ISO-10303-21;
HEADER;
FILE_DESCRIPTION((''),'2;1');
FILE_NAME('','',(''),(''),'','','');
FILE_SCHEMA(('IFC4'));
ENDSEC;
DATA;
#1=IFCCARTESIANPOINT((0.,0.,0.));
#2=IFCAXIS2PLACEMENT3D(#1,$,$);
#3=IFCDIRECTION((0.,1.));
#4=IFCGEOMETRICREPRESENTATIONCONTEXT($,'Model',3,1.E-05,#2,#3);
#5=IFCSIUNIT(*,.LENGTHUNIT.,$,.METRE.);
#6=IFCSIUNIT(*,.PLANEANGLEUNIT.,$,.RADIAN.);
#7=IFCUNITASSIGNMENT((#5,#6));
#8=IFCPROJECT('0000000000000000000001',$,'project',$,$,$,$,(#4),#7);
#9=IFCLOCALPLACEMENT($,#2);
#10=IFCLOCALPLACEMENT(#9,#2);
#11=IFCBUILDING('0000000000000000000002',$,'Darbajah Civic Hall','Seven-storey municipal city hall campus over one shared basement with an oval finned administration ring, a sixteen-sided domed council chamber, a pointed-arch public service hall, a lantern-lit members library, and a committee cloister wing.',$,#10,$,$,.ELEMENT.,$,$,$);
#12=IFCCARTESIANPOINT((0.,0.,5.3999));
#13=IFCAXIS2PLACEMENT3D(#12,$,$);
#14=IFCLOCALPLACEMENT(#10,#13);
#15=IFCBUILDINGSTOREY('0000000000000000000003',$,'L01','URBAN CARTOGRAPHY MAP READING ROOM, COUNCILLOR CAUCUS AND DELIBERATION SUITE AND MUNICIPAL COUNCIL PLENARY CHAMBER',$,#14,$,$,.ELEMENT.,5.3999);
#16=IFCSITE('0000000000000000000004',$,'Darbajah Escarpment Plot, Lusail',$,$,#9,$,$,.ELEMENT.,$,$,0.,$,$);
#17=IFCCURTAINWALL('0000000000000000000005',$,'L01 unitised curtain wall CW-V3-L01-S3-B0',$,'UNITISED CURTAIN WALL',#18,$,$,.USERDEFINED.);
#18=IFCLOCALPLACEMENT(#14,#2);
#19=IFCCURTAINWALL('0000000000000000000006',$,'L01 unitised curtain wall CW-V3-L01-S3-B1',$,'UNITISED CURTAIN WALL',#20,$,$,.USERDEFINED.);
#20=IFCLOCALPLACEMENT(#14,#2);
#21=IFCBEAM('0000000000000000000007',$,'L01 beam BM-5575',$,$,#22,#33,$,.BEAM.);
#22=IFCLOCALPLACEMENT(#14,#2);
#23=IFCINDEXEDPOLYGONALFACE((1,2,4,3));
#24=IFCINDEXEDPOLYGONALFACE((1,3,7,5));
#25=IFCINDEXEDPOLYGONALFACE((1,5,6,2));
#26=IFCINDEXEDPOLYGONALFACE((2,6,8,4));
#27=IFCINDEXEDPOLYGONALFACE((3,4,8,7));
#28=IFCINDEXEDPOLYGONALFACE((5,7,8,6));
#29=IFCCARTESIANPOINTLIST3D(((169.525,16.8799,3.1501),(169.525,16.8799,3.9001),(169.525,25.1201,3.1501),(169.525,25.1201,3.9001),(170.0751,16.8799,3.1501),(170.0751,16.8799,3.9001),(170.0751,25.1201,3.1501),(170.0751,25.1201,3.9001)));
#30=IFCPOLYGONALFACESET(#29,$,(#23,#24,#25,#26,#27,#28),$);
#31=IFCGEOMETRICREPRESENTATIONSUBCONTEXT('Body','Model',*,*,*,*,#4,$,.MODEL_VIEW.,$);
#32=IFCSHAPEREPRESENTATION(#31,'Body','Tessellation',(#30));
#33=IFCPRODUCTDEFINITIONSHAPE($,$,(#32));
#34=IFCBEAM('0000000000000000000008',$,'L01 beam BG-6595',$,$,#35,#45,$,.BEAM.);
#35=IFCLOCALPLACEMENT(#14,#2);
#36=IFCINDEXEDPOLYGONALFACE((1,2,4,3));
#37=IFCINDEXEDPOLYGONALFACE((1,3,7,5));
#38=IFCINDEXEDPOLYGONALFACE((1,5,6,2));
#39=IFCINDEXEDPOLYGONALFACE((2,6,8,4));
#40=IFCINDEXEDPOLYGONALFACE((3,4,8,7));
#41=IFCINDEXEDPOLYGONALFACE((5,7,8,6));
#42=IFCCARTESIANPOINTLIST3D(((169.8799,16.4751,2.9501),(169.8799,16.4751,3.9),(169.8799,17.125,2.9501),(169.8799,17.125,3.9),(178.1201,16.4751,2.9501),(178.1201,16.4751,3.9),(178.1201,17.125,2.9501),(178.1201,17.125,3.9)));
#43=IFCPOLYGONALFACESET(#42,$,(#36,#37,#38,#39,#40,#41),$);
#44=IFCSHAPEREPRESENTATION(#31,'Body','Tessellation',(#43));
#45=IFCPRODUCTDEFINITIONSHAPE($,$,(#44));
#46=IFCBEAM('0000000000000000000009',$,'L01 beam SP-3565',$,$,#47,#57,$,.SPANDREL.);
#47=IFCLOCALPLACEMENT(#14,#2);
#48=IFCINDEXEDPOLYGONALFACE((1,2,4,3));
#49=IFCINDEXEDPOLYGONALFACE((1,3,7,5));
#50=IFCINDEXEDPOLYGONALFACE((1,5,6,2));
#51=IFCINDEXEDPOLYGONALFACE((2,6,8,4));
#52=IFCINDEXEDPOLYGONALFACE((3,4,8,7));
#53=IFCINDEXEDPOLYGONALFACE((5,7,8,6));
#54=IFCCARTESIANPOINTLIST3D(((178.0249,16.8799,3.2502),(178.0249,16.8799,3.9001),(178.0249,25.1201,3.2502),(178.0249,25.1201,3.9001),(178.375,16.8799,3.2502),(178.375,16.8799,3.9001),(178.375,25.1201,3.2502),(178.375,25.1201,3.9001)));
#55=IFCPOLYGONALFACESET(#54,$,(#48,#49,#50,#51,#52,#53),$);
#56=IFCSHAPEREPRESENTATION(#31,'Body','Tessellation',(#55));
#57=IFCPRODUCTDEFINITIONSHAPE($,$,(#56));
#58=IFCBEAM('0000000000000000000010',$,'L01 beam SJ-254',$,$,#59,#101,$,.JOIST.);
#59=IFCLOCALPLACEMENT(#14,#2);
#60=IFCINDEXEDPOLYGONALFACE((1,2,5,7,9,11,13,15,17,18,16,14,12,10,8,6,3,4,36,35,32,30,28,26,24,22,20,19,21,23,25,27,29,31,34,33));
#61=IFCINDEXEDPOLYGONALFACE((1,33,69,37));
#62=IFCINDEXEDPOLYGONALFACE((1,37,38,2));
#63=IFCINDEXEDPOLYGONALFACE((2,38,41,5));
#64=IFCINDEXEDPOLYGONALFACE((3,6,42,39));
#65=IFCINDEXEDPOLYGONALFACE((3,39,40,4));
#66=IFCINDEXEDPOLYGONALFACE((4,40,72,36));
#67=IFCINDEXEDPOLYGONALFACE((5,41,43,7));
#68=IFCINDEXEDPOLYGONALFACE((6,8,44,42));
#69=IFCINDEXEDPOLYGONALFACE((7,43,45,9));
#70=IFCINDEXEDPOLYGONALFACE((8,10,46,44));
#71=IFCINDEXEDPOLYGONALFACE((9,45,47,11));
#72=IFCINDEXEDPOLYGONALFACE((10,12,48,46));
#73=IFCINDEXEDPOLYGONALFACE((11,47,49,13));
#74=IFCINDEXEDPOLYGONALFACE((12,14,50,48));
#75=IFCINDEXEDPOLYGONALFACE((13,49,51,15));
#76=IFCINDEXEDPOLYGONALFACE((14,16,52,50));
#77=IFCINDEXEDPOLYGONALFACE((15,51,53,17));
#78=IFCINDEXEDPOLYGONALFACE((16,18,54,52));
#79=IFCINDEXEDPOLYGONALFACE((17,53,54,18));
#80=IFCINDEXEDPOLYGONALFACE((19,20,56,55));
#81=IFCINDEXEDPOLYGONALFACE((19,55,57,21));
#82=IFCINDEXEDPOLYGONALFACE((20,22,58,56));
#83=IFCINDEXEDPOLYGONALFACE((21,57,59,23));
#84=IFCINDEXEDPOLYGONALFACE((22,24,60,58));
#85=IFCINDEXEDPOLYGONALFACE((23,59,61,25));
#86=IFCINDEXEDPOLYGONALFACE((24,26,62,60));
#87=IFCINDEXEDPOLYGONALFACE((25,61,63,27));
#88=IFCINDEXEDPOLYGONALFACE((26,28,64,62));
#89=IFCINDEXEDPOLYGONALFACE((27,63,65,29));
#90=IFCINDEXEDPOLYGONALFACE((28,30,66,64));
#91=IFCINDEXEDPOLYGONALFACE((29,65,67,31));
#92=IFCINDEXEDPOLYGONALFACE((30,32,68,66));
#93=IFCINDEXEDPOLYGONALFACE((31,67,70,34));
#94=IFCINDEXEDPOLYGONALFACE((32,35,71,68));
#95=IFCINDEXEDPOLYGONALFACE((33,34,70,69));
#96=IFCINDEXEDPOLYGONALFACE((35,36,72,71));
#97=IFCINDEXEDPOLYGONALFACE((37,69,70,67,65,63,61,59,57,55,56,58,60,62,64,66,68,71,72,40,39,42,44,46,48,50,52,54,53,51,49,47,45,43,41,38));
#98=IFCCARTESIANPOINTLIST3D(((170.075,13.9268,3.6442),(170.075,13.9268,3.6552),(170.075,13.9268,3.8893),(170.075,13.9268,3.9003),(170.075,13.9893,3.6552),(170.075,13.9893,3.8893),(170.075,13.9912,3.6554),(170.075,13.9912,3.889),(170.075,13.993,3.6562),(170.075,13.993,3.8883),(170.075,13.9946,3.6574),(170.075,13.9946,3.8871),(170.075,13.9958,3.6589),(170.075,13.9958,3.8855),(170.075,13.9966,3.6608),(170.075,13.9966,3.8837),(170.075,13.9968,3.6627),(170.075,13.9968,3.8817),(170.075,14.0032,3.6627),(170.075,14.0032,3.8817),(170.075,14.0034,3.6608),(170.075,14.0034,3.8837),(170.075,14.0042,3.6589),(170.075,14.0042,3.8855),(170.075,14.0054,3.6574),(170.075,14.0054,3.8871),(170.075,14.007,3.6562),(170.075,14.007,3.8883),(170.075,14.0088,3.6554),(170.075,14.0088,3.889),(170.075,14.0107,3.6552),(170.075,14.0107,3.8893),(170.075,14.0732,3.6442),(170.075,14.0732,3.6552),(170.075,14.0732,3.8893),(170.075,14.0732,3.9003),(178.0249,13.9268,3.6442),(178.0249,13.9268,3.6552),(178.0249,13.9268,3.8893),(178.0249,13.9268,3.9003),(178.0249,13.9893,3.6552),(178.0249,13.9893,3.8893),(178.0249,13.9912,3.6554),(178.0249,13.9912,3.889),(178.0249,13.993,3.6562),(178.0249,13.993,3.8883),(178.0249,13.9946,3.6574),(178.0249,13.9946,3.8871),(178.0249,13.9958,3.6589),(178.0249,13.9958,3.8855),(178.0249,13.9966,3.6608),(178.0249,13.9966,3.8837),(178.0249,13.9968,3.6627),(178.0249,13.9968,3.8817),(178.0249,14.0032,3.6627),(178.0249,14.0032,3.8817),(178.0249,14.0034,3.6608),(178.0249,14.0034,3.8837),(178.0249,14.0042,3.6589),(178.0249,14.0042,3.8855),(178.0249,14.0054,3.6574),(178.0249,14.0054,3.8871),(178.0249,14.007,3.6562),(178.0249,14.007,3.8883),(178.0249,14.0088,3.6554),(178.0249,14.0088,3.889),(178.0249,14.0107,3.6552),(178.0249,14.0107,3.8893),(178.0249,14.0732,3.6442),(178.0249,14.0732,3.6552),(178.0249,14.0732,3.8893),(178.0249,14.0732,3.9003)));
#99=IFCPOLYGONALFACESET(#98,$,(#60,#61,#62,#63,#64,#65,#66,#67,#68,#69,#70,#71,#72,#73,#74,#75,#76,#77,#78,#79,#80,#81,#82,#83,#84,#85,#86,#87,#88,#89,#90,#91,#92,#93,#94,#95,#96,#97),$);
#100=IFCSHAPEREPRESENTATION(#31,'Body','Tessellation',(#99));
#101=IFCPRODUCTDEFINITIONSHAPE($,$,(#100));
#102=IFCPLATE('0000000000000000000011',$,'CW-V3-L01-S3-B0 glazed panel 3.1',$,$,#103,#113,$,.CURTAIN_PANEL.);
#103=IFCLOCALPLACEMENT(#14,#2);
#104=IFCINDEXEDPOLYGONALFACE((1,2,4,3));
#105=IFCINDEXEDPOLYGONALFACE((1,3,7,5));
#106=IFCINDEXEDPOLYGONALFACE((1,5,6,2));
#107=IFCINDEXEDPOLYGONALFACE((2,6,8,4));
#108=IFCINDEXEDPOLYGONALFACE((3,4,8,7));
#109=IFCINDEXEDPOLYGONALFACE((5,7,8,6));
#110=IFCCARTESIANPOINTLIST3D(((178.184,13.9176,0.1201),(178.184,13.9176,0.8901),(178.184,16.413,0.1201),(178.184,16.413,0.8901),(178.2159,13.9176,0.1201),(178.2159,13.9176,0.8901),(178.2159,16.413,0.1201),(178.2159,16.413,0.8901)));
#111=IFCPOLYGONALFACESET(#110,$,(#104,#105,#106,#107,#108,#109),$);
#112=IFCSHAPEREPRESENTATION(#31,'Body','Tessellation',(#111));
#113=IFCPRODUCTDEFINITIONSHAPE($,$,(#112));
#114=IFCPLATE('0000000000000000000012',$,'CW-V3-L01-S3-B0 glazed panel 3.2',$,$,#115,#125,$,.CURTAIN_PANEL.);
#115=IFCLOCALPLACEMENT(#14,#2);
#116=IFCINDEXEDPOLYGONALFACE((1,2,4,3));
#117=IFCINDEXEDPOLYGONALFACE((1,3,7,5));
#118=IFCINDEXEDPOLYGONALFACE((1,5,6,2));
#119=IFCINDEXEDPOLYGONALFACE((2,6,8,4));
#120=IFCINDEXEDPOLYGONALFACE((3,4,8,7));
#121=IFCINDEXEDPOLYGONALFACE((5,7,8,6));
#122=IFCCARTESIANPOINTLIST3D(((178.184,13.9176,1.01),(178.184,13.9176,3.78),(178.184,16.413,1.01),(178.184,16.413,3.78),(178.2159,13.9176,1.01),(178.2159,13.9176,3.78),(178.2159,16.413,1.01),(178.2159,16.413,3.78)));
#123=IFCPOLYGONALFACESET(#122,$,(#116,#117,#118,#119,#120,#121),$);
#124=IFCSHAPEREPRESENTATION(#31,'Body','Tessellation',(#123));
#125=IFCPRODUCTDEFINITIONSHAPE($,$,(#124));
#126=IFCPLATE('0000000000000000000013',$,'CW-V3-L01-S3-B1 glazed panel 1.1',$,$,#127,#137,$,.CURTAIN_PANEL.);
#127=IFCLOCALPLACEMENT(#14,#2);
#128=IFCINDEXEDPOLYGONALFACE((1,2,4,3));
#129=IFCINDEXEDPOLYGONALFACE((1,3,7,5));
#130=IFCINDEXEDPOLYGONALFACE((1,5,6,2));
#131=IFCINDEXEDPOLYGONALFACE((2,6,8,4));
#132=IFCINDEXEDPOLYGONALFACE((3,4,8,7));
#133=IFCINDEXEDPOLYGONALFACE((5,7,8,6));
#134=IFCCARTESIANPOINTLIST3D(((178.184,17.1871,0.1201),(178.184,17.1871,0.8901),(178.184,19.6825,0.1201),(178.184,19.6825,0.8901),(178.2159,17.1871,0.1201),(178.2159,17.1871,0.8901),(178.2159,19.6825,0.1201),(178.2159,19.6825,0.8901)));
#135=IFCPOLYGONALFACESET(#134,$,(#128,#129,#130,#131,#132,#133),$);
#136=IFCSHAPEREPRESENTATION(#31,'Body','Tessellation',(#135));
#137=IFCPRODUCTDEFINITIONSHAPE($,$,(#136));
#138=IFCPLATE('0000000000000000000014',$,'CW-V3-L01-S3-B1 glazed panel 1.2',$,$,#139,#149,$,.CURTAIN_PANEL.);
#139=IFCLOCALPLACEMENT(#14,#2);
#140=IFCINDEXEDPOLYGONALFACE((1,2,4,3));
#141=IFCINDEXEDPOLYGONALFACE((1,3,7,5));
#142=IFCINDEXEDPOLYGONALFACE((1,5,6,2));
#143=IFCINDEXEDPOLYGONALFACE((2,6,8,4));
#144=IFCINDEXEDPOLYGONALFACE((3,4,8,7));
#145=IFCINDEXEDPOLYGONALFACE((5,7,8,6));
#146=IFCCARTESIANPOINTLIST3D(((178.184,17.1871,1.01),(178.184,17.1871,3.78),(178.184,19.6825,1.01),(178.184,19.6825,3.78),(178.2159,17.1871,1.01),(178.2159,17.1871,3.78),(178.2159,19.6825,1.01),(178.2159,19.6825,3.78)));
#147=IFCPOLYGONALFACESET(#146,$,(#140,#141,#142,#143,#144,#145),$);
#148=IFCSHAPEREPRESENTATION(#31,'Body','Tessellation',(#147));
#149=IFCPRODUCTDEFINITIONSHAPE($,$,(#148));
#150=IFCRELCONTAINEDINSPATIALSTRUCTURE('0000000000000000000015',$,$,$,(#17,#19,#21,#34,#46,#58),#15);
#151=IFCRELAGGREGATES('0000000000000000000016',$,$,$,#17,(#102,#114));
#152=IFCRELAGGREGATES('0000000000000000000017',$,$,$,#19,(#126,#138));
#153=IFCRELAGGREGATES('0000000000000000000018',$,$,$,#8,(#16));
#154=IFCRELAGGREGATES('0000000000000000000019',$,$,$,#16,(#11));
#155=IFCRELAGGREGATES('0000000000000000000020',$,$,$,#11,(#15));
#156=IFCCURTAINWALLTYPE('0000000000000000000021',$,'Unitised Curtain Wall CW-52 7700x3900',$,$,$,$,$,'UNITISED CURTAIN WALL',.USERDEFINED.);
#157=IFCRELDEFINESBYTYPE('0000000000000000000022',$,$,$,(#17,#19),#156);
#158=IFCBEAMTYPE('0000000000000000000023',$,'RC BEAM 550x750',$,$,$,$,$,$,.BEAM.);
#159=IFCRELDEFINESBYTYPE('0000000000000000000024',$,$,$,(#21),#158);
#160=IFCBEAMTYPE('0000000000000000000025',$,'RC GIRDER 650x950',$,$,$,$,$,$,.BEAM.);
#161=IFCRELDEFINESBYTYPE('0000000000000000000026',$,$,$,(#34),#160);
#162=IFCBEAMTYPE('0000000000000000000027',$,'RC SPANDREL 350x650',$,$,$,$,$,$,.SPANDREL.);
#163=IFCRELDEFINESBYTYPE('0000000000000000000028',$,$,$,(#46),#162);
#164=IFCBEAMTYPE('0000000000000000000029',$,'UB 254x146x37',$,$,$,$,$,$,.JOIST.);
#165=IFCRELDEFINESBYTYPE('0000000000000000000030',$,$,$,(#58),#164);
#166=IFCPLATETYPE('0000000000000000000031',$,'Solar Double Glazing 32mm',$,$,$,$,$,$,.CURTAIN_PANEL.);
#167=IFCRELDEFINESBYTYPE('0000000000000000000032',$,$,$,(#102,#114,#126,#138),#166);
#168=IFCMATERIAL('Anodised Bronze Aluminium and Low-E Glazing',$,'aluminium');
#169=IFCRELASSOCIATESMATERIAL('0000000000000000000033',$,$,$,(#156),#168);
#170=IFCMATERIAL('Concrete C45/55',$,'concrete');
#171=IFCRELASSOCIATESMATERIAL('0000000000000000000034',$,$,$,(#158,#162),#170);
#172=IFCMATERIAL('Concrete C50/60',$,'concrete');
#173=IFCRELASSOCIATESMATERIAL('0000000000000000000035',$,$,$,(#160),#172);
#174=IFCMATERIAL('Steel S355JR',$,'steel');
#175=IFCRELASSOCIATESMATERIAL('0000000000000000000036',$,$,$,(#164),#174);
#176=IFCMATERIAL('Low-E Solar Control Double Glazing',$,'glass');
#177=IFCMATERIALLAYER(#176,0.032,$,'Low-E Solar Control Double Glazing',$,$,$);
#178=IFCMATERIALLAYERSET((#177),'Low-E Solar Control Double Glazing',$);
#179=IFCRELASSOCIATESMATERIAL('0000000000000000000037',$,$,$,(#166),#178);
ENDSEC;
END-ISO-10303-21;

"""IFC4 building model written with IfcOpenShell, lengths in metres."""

from ifc_helpers import new_model, si_unit, direction, frame, origin, origin_2d, place, context, subcontext, project, spatial, rectangle, i_section, extrude, material, layer, layer_set, material_profile, profile_set, type_object, element, aggregate, save


model = new_model("IFC4")

# Units and contexts
model_context = context("Model", 3, precision=1e-05, world=origin(), true_north=direction((0.0, 1.0)))
body_context = subcontext(model_context, "Body", "Model", "MODEL_VIEW")
ifc_project = project(units=[si_unit("LENGTHUNIT", "METRE"), si_unit("PLANEANGLEUNIT", "RADIAN")], contexts=[model_context])

# Site, building, storey
site_placement = place(None, origin())
site = spatial("IfcSite", under=ifc_project, at=site_placement, Name="Darbajah Escarpment Plot, Lusail", CompositionType="ELEMENT", RefElevation=0.0)
building_placement = place(site_placement, origin())
building = spatial("IfcBuilding", under=site, at=building_placement, Name="Darbajah Civic Hall", Description="Seven-storey municipal city hall campus over one shared basement with an oval finned administration ring, a sixteen-sided domed council chamber, a pointed-arch public service hall, a lantern-lit members library, and a committee cloister wing.", CompositionType="ELEMENT")
storey_placement = place(building_placement, frame((0.0, 0.0, 5.3999)))
storey = spatial("IfcBuildingStorey", under=building, at=storey_placement, Name="L01", Description="URBAN CARTOGRAPHY MAP READING ROOM, COUNCILLOR CAUCUS AND DELIBERATION SUITE AND MUNICIPAL COUNCIL PLENARY CHAMBER", CompositionType="ELEMENT", Elevation=5.3999)

# Shared definitions
ifc_material_1 = material(Name="Concrete C45/55", Category="concrete")

# Curtain wall
ifc_material_2 = material(Name="Anodised Bronze Aluminium and Low-E Glazing", Category="aluminium")
curtain_wall_type = type_object("IfcCurtainWallType", Name="Unitised Curtain Wall CW-52 7700x3900", ElementType="UNITISED CURTAIN WALL", PredefinedType="USERDEFINED", material=ifc_material_2)
curtain_wall_1_placement = place(storey_placement, origin())
curtain_wall_1 = element("IfcCurtainWall", 1, at=curtain_wall_1_placement, inside=storey, type_object=curtain_wall_type, Name="L01 unitised curtain wall CW-V3-L01-S3-B0", ObjectType="UNITISED CURTAIN WALL", PredefinedType="USERDEFINED")

# Curtain wall
curtain_wall_2_placement = place(storey_placement, origin())
curtain_wall_2 = element("IfcCurtainWall", 2, at=curtain_wall_2_placement, inside=storey, type_object=curtain_wall_type, Name="L01 unitised curtain wall CW-V3-L01-S3-B1", ObjectType="UNITISED CURTAIN WALL", PredefinedType="USERDEFINED")

# Beams
ifc_material_profile_1 = material_profile(ifc_material_1, rectangle(XDim=0.55, YDim=0.75, at=origin_2d()), Name="RC BEAM 550x750")
ifc_profile_set_1 = profile_set([ifc_material_profile_1], Name="Concrete C45/55")
beam_type_1 = type_object("IfcBeamType", Name="RC BEAM 550x750", PredefinedType="BEAM", material=ifc_profile_set_1)
beam_1_placement = place(storey_placement, frame((169.8, 16.8799, 3.5251), z_axis=(0.0, 1.0, 0.0), x_axis=(-1.0, 0.0, 0.0)))
element("IfcBeam", 3, at=beam_1_placement, inside=storey, type_object=beam_type_1, Name="L01 beam BM-5575", PredefinedType="BEAM", context=body_context, shape_type="SweptSolid", body=[
    extrude(rectangle(XDim=0.55, YDim=0.75, at=origin_2d()), origin(), (0.0, 0.0, 1.0), 8.2402),
])
ifc_material_3 = material(Name="Concrete C50/60", Category="concrete")
ifc_material_profile_2 = material_profile(ifc_material_3, rectangle(XDim=0.6499, YDim=0.95, at=origin_2d()), Name="RC GIRDER 650x950")
ifc_profile_set_2 = profile_set([ifc_material_profile_2], Name="Concrete C50/60")
beam_type_2 = type_object("IfcBeamType", Name="RC GIRDER 650x950", PredefinedType="BEAM", material=ifc_profile_set_2)
beam_2_placement = place(storey_placement, frame((169.8799, 16.8, 3.425), z_axis=(1.0, 0.0, 0.0), x_axis=(0.0, 1.0, 0.0)))
element("IfcBeam", 4, at=beam_2_placement, inside=storey, type_object=beam_type_2, Name="L01 beam BG-6595", PredefinedType="BEAM", context=body_context, shape_type="SweptSolid", body=[
    extrude(rectangle(XDim=0.6499, YDim=0.95, at=origin_2d()), origin(), (0.0, 0.0, 1.0), 8.2402),
])
ifc_material_profile_3 = material_profile(ifc_material_1, rectangle(XDim=0.3501, YDim=0.6499, at=origin_2d()), Name="RC SPANDREL 350x650")
ifc_profile_set_3 = profile_set([ifc_material_profile_3], Name="Concrete C45/55")
beam_type_3 = type_object("IfcBeamType", Name="RC SPANDREL 350x650", PredefinedType="SPANDREL", material=ifc_profile_set_3)
beam_3_placement = place(storey_placement, frame((178.2, 16.8799, 3.5752), z_axis=(0.0, 1.0, 0.0), x_axis=(-1.0, 0.0, 0.0)))
element("IfcBeam", 5, at=beam_3_placement, inside=storey, type_object=beam_type_3, Name="L01 beam SP-3565", PredefinedType="SPANDREL", context=body_context, shape_type="SweptSolid", body=[
    extrude(rectangle(XDim=0.3501, YDim=0.6499, at=origin_2d()), origin(), (0.0, 0.0, 1.0), 8.2402),
])
ifc_material_4 = material(Name="Steel S355JR", Category="steel")
ifc_material_profile_4 = material_profile(ifc_material_4, i_section(OverallWidth=0.1465, OverallDepth=0.2561, WebThickness=0.0063, FlangeThickness=0.011, FilletRadius=0.0076, at=origin_2d()), Name="UB 254x146x37")
ifc_profile_set_4 = profile_set([ifc_material_profile_4], Name="Steel S355JR")
beam_type_4 = type_object("IfcBeamType", Name="UB 254x146x37", PredefinedType="JOIST", material=ifc_profile_set_4)
beam_4_placement = place(storey_placement, frame((170.075, 14.0, 3.7722), z_axis=(1.0, 0.0, 0.0), x_axis=(0.0, 1.0, 0.0)))
element("IfcBeam", 6, at=beam_4_placement, inside=storey, type_object=beam_type_4, Name="L01 beam SJ-254", PredefinedType="JOIST", context=body_context, shape_type="SweptSolid", body=[
    extrude(i_section(OverallWidth=0.1465, OverallDepth=0.2561, WebThickness=0.0063, FlangeThickness=0.011, FilletRadius=0.0076, at=origin_2d()), origin(), (0.0, 0.0, 1.0), 7.95),
])

# Plates
ifc_material_5 = material(Name="Low-E Solar Control Double Glazing", Category="glass")
ifc_layer = layer(ifc_material_5, 0.032, Name="Low-E Solar Control Double Glazing")
ifc_layer_set = layer_set([ifc_layer], Name="Low-E Solar Control Double Glazing")
plate_type = type_object("IfcPlateType", Name="Solar Double Glazing 32mm", PredefinedType="CURTAIN_PANEL", material=ifc_layer_set)
plate_1_placement = place(storey_placement, frame((178.2, 15.1653, 0.1201), z_axis=(0.0, 0.0, 1.0), x_axis=(0.0, 1.0, 0.0)))
plate_1 = element("IfcPlate", 7, at=plate_1_placement, type_object=plate_type, Name="CW-V3-L01-S3-B0 glazed panel 3.1", PredefinedType="CURTAIN_PANEL", context=body_context, shape_type="SweptSolid", body=[
    extrude(rectangle(XDim=2.4954, YDim=0.032, at=origin_2d()), origin(), (0.0, 0.0, 1.0), 0.77),
])
plate_2_placement = place(storey_placement, frame((178.2, 15.1653, 1.01), z_axis=(0.0, 0.0, 1.0), x_axis=(0.0, 1.0, 0.0)))
plate_2 = element("IfcPlate", 8, at=plate_2_placement, type_object=plate_type, Name="CW-V3-L01-S3-B0 glazed panel 3.2", PredefinedType="CURTAIN_PANEL", context=body_context, shape_type="SweptSolid", body=[
    extrude(rectangle(XDim=2.4954, YDim=0.032, at=origin_2d()), origin(), (0.0, 0.0, 1.0), 2.77),
])
aggregate(curtain_wall_1, [plate_1, plate_2])
plate_3_placement = place(storey_placement, frame((178.2, 18.4348, 0.1201), z_axis=(0.0, 0.0, 1.0), x_axis=(0.0, 1.0, 0.0)))
plate_3 = element("IfcPlate", 9, at=plate_3_placement, type_object=plate_type, Name="CW-V3-L01-S3-B1 glazed panel 1.1", PredefinedType="CURTAIN_PANEL", context=body_context, shape_type="SweptSolid", body=[
    extrude(rectangle(XDim=2.4954, YDim=0.032, at=origin_2d()), origin(), (0.0, 0.0, 1.0), 0.77),
])
plate_4_placement = place(storey_placement, frame((178.2, 18.4348, 1.01), z_axis=(0.0, 0.0, 1.0), x_axis=(0.0, 1.0, 0.0)))
plate_4 = element("IfcPlate", 10, at=plate_4_placement, type_object=plate_type, Name="CW-V3-L01-S3-B1 glazed panel 1.2", PredefinedType="CURTAIN_PANEL", context=body_context, shape_type="SweptSolid", body=[
    extrude(rectangle(XDim=2.4954, YDim=0.032, at=origin_2d()), origin(), (0.0, 0.0, 1.0), 2.77),
])
aggregate(curtain_wall_2, [plate_3, plate_4])

save(model, "model.ifc")
